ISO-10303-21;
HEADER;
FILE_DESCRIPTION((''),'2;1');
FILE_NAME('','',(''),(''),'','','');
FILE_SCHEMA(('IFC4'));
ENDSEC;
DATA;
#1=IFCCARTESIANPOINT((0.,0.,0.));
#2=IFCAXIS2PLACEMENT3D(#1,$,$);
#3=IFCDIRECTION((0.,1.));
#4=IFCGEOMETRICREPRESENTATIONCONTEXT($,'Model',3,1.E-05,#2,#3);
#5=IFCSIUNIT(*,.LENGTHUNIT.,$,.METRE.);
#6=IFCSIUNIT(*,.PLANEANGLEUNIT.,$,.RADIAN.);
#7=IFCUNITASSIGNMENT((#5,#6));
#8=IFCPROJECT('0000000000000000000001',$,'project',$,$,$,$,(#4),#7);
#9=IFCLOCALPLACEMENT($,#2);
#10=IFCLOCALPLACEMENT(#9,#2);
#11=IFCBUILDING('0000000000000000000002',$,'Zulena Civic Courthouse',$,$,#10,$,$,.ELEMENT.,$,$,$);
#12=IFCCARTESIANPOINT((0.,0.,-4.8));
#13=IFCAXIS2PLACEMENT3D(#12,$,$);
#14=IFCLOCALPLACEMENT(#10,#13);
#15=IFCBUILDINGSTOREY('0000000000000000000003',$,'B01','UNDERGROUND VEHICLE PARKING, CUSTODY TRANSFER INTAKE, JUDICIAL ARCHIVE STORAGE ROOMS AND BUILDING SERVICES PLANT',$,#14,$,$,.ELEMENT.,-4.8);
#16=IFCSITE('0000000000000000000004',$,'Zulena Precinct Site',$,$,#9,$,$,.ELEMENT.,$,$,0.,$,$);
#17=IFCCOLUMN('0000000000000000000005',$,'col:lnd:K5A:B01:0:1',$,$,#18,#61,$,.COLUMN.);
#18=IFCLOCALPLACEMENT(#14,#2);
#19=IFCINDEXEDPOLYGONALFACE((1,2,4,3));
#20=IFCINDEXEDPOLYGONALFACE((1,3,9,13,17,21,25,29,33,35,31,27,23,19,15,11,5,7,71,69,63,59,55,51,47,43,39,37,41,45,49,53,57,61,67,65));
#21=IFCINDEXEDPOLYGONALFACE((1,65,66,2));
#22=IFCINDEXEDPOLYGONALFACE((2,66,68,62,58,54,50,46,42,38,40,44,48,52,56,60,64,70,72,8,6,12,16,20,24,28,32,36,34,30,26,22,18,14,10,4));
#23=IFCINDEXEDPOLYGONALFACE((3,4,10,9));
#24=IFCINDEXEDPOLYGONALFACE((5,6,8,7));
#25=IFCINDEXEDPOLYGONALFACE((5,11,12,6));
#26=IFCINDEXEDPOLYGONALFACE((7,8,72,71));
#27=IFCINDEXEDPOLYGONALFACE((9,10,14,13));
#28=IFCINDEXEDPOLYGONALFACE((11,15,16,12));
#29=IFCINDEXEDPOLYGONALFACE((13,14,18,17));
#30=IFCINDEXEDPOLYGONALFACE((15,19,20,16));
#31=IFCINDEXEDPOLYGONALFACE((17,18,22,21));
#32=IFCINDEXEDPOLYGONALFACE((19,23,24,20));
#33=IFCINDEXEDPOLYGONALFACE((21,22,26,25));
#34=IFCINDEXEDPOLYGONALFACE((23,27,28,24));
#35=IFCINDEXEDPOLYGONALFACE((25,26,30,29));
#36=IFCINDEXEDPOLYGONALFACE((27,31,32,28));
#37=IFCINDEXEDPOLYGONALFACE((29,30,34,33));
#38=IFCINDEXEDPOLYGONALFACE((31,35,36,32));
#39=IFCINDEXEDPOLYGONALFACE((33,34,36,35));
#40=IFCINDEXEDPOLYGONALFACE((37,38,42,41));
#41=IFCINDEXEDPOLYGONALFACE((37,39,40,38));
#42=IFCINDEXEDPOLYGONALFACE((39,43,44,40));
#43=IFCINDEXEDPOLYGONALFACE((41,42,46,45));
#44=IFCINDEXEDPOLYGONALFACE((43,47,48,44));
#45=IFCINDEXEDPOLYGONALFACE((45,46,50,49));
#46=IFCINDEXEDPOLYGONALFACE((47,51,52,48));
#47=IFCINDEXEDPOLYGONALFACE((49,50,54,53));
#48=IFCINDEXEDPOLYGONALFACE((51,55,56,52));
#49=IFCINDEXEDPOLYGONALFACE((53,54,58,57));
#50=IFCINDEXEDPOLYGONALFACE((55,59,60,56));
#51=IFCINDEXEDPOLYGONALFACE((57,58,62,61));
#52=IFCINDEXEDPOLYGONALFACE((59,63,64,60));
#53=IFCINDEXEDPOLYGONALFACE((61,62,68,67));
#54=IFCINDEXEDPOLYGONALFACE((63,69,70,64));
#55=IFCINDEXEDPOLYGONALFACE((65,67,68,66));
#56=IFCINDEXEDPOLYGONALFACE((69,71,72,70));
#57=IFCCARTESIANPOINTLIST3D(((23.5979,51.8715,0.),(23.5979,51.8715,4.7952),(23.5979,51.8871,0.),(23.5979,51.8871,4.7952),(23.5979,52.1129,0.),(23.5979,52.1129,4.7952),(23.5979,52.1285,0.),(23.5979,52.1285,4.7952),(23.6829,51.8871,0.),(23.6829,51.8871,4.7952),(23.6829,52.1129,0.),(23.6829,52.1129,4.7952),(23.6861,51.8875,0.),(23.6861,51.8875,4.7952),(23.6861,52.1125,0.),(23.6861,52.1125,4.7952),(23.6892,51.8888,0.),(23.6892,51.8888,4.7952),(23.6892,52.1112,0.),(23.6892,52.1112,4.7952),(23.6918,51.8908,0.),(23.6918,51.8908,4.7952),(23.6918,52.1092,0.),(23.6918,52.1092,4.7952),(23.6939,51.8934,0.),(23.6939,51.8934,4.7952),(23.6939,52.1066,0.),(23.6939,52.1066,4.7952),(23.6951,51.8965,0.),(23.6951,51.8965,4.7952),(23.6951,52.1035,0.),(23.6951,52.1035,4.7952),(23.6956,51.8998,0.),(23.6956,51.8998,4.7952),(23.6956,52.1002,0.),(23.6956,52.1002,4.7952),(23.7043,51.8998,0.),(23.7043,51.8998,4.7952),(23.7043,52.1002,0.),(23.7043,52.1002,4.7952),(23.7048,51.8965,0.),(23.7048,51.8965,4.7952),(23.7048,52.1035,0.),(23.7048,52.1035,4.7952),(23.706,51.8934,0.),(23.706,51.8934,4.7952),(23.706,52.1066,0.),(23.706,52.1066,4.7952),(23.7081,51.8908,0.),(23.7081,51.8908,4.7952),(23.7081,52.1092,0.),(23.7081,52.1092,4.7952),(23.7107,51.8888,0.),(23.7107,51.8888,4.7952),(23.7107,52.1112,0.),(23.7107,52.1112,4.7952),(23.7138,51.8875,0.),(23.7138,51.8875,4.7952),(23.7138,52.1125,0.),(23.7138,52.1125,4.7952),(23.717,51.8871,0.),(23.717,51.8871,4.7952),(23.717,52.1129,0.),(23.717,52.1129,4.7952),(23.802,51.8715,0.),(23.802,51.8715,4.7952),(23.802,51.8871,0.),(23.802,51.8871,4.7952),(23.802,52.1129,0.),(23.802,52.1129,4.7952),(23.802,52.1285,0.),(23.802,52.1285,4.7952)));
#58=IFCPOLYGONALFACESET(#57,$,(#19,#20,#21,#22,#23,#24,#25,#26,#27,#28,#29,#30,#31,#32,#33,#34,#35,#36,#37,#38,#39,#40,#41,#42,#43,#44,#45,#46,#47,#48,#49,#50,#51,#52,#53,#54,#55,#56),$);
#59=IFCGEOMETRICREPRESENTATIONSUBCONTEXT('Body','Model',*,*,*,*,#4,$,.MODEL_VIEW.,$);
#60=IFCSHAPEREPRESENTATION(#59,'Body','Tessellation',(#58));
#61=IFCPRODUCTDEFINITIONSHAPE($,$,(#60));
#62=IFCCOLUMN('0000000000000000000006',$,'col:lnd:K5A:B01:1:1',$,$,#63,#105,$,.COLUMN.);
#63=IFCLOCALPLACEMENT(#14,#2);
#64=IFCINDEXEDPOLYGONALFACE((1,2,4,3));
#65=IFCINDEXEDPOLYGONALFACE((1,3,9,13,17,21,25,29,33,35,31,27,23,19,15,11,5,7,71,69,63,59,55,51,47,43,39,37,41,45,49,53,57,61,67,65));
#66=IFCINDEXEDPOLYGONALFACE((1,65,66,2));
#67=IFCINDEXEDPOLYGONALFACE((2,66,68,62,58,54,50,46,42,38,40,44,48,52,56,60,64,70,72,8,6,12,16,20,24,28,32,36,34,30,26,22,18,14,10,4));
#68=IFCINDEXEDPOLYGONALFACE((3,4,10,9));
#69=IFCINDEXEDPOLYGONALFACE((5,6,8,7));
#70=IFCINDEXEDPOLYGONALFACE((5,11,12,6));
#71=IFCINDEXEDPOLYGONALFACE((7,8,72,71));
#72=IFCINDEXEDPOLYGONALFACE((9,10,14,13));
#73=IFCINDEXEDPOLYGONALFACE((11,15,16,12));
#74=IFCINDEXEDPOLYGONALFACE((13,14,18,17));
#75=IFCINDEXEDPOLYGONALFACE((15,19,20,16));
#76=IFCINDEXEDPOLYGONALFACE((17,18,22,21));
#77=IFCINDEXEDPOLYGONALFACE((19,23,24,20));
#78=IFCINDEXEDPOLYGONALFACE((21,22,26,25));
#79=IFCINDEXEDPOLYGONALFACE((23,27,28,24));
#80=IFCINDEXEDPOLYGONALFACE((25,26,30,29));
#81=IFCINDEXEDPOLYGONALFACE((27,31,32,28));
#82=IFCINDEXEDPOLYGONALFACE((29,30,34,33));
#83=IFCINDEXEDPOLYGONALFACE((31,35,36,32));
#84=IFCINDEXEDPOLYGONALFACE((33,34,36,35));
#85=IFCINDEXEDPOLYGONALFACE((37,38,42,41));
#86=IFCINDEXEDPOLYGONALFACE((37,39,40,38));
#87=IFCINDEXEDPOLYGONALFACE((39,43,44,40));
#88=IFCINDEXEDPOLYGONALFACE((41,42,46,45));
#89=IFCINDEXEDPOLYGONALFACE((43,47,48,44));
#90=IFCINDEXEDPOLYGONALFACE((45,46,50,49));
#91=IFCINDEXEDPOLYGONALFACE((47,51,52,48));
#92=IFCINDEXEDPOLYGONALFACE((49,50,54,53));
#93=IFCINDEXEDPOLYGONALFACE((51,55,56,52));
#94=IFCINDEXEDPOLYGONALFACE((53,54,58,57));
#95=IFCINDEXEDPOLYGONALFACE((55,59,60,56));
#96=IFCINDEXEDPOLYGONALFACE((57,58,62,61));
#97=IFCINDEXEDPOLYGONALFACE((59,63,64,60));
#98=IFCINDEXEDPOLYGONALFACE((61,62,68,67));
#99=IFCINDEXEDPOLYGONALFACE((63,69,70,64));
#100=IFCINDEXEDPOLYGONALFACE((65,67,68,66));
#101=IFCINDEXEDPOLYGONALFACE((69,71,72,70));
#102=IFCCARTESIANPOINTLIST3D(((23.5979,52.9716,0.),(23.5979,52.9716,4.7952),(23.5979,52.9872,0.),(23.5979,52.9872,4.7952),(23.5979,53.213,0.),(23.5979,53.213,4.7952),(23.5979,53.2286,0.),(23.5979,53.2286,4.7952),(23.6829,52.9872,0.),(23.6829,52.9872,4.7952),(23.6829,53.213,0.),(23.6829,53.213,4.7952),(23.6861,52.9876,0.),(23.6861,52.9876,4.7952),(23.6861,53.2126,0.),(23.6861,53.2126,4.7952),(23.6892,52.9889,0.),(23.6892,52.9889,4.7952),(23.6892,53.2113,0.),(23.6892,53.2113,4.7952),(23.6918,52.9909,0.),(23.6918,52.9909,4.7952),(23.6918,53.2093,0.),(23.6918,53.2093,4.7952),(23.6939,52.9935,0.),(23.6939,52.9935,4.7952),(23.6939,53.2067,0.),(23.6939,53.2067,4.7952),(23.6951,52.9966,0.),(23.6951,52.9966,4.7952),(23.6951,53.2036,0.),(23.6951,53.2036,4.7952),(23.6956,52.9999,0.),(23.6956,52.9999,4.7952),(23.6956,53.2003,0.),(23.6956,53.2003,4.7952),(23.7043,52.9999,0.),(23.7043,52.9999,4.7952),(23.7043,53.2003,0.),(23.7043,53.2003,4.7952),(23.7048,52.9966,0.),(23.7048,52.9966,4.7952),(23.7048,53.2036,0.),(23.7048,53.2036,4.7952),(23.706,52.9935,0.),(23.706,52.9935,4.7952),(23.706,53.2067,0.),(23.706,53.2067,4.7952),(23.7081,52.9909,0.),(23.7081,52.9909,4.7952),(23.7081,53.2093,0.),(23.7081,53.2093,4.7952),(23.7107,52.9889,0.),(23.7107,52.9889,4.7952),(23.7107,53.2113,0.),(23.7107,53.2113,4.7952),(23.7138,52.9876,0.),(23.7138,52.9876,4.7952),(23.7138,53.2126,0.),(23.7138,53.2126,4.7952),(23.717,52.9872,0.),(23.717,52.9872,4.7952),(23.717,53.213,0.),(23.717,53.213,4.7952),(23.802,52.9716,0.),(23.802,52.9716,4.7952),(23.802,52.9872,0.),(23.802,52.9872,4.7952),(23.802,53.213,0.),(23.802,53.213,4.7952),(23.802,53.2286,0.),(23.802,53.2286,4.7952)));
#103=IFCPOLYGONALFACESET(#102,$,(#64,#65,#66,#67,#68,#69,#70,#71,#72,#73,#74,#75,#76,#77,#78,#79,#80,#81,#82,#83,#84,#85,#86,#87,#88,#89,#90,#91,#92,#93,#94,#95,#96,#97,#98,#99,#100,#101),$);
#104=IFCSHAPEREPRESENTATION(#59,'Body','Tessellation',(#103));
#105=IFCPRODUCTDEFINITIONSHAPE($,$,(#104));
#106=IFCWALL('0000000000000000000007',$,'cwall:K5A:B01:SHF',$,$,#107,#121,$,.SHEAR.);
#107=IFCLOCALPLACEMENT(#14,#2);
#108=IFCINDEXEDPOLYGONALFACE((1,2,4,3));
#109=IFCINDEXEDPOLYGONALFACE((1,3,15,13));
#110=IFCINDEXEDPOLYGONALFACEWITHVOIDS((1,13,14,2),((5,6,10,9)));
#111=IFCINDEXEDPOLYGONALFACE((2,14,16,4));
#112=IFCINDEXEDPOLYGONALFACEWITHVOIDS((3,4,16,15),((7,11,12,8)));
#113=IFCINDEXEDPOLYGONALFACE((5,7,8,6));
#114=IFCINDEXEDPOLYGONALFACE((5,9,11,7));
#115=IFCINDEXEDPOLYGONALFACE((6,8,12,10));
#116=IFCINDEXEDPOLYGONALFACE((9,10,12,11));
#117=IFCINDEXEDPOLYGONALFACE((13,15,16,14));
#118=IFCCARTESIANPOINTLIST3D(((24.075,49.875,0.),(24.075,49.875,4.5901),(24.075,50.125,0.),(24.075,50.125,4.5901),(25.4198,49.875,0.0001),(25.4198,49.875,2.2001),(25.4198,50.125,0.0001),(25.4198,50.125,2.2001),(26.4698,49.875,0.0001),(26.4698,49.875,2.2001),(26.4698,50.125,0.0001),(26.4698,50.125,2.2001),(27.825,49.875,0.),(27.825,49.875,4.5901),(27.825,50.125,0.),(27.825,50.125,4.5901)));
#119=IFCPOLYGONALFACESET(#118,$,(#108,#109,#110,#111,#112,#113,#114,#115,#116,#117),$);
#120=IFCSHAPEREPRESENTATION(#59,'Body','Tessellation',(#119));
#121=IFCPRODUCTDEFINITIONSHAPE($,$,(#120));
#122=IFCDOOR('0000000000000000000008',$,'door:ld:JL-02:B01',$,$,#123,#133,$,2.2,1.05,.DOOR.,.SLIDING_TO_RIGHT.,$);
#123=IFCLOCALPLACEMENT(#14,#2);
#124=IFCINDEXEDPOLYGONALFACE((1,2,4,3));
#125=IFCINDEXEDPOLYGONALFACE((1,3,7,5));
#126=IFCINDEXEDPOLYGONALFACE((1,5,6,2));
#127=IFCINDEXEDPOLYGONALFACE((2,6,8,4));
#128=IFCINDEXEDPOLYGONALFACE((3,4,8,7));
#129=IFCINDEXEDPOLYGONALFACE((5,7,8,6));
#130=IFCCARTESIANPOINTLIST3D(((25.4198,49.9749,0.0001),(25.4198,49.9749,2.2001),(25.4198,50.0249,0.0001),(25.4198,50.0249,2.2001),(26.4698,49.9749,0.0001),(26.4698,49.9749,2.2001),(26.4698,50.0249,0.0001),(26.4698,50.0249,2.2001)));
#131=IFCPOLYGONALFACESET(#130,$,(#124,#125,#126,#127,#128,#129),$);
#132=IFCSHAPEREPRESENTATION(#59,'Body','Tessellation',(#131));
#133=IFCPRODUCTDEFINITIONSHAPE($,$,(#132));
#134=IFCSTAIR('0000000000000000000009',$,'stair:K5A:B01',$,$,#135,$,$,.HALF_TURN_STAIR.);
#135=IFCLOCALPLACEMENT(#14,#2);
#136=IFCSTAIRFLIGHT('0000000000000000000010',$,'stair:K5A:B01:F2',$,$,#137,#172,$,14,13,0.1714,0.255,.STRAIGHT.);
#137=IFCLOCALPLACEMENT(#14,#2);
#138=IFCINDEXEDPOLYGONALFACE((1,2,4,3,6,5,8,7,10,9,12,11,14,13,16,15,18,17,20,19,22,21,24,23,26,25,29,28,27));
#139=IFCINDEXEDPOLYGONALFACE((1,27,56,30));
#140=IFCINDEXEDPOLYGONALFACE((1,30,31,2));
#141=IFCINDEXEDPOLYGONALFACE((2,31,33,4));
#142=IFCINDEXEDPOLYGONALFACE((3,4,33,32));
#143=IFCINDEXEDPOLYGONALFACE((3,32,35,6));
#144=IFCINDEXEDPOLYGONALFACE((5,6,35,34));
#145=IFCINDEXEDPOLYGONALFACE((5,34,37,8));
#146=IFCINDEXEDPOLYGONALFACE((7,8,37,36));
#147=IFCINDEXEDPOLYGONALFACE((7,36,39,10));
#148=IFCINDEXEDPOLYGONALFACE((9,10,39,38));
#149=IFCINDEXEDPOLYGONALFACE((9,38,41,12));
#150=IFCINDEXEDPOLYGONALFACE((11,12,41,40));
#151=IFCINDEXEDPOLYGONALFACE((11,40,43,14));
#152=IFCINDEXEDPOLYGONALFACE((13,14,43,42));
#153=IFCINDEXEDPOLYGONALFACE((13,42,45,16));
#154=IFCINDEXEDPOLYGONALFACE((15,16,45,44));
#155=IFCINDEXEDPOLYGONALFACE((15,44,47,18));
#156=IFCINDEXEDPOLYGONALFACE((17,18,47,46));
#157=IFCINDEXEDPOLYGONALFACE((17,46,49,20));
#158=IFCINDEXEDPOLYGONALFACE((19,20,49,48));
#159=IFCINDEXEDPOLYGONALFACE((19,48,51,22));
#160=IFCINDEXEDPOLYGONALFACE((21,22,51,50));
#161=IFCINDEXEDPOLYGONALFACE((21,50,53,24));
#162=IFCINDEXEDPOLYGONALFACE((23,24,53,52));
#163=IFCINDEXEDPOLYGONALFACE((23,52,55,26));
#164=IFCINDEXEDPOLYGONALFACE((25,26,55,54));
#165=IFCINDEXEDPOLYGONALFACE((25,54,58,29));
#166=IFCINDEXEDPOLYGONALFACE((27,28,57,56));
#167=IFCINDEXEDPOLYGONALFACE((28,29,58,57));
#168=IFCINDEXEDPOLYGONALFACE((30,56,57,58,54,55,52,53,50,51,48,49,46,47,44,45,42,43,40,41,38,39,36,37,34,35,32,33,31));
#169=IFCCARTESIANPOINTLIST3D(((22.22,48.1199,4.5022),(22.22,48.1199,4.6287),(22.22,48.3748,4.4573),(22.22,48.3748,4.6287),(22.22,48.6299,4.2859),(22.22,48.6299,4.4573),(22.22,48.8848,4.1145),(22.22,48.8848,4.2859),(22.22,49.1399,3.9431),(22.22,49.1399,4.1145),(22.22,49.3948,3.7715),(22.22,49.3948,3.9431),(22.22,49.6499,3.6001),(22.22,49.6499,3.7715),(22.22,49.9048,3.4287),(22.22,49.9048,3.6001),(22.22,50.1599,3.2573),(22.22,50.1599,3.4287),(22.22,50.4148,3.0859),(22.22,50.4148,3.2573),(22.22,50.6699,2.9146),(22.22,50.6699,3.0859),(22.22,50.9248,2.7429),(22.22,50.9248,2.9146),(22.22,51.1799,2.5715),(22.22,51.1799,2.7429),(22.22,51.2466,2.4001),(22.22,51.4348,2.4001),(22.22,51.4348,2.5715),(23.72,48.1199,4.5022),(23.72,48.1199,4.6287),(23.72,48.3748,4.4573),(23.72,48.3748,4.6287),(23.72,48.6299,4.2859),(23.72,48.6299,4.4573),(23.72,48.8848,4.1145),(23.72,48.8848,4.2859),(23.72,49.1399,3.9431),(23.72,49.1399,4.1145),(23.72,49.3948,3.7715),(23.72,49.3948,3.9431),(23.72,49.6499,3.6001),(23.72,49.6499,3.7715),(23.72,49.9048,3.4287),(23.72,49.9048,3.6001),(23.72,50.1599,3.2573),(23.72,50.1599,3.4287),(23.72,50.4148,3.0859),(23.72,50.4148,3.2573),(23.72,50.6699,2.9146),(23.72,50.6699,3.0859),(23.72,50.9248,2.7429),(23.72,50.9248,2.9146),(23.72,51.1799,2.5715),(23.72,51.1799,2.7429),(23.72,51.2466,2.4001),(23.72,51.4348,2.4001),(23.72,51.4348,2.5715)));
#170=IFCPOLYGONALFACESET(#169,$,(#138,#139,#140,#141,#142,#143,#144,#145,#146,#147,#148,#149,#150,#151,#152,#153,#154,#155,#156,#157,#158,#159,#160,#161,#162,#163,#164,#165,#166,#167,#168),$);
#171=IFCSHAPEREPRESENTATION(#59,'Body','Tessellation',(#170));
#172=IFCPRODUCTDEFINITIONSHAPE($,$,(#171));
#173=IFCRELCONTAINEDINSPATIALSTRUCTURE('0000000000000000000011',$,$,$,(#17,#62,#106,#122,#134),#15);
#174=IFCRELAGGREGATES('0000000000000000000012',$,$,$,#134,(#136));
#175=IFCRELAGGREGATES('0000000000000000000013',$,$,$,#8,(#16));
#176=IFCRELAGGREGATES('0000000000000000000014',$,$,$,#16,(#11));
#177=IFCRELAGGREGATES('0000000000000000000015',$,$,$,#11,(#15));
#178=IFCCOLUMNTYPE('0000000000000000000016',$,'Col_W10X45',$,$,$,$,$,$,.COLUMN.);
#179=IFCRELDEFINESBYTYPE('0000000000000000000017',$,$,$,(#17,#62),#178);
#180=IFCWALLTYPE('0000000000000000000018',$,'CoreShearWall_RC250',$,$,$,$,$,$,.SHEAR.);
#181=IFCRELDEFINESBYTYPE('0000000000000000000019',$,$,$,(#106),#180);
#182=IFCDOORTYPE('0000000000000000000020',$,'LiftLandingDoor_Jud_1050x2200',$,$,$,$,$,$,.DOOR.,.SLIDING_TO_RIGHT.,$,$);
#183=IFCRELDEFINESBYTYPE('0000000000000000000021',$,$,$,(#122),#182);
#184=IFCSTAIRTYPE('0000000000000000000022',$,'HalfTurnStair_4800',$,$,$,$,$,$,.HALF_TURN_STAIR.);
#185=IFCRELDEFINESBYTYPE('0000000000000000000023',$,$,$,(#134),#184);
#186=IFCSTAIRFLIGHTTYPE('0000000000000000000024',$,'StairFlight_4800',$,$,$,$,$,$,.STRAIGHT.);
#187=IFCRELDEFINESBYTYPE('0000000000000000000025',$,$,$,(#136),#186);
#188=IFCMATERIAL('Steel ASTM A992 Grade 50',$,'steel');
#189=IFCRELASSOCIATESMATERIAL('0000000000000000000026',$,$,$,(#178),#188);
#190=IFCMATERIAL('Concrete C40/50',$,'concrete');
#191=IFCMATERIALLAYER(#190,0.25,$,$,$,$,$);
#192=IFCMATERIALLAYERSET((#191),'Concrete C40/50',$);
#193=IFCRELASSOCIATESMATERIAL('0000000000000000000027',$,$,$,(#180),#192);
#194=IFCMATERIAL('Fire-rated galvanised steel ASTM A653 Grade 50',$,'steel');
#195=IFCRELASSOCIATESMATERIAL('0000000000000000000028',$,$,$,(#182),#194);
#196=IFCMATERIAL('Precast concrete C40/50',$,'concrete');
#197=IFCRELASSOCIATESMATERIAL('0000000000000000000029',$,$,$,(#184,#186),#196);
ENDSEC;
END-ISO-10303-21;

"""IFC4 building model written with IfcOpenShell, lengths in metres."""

from ifc_helpers import new_model, si_unit, direction, frame, frame_2d, origin, origin_2d, place, context, subcontext, project, spatial, polyline, rectangle, i_section, outline, extrude, material, layer, layer_set, material_profile, profile_set, type_object, element, fill, aggregate, save


model = new_model("IFC4")

# Units and contexts
model_context = context("Model", 3, precision=1e-05, world=origin(), true_north=direction((0.0, 1.0)))
body_context = subcontext(model_context, "Body", "Model", "MODEL_VIEW")
ifc_project = project(units=[si_unit("LENGTHUNIT", "METRE"), si_unit("PLANEANGLEUNIT", "RADIAN")], contexts=[model_context])

# Site, building, storey
site_placement = place(None, origin())
site = spatial("IfcSite", under=ifc_project, at=site_placement, Name="Zulena Precinct Site", CompositionType="ELEMENT", RefElevation=0.0)
building_placement = place(site_placement, origin())
building = spatial("IfcBuilding", under=site, at=building_placement, Name="Zulena Civic Courthouse", CompositionType="ELEMENT")
storey_placement = place(building_placement, frame((0.0, 0.0, -4.8)))
storey = spatial("IfcBuildingStorey", under=building, at=storey_placement, Name="B01", Description="UNDERGROUND VEHICLE PARKING, CUSTODY TRANSFER INTAKE, JUDICIAL ARCHIVE STORAGE ROOMS AND BUILDING SERVICES PLANT", CompositionType="ELEMENT", Elevation=-4.8)

# Shared definitions
ifc_material_1 = material(Name="Concrete C40/50", Category="concrete")

# Columns
ifc_material_2 = material(Name="Steel ASTM A992 Grade 50", Category="steel")
ifc_material_profile_1 = material_profile(ifc_material_2, i_section(OverallWidth=0.2041, OverallDepth=0.2571, WebThickness=0.0088, FlangeThickness=0.0156, FilletRadius=0.0127, at=origin_2d()), Name="W10X45")
ifc_profile_set_1 = profile_set([ifc_material_profile_1], Name="Steel ASTM A992 Grade 50")
column_type = type_object("IfcColumnType", Name="Col_W10X45", PredefinedType="COLUMN", material=ifc_profile_set_1)
for number, where, z_axis, x_axis, name in (
    (1, (23.7, 52.0, 0.0), (0.0, 0.0, 1.0), (1.0, 0.0, 0.0), "col:lnd:K5A:B01:0:1"),
    (2, (23.7, 53.1001, 0.0), (0.0, 0.0, 1.0), (1.0, 0.0, 0.0), "col:lnd:K5A:B01:1:1"),
):
    element("IfcColumn", number, at=place(storey_placement, frame(where, z_axis=z_axis, x_axis=x_axis)), inside=storey, type_object=column_type, Name=name, PredefinedType="COLUMN", context=body_context, shape_type="SweptSolid", body=[
        extrude(i_section(OverallWidth=0.2041, OverallDepth=0.2571, WebThickness=0.0088, FlangeThickness=0.0156, FilletRadius=0.0127, at=origin_2d()), origin(), (0.0, 0.0, 1.0), 4.7952),
    ])

# Wall, opening, door
ifc_layer = layer(ifc_material_1, 0.25)
ifc_layer_set = layer_set([ifc_layer], Name="Concrete C40/50")
wall_type = type_object("IfcWallType", Name="CoreShearWall_RC250", PredefinedType="SHEAR", material=ifc_layer_set)
wall_placement = place(storey_placement, frame((24.075, 50.0, 0.0), z_axis=(0.0, 0.0, 1.0), x_axis=(1.0, 0.0, 0.0)))
wall = element("IfcWall", 3, at=wall_placement, inside=storey, type_object=wall_type, Name="cwall:K5A:B01:SHF", PredefinedType="SHEAR", context=body_context, shape_type="SweptSolid", body=[
    extrude(rectangle(XDim=3.75, YDim=0.25, at=frame_2d((1.875, 0.0))), origin(), (0.0, 0.0, 1.0), 4.5901),
])
opening_placement = place(wall_placement, frame((1.345, 0.0, 0.0)))
opening = element("IfcOpeningElement", 4, at=opening_placement, cuts=wall, PredefinedType="OPENING", context=body_context, shape_type="SweptSolid", body=[
    extrude(rectangle(XDim=1.05, YDim=2.2, at=frame_2d((0.5249, 1.1001))), frame((0.0, 0.135, 0.0), z_axis=(0.0, -1.0, 0.0), x_axis=(1.0, 0.0, 0.0)), (0.0, 0.0, 1.0), 0.27),
])
ifc_material_3 = material(Name="Fire-rated galvanised steel ASTM A653 Grade 50", Category="steel")
door_type = type_object("IfcDoorType", Name="LiftLandingDoor_Jud_1050x2200", OperationType="SLIDING_TO_RIGHT", PredefinedType="DOOR", material=ifc_material_3)
door_placement = place(opening_placement, origin())
door = element("IfcDoor", 5, at=door_placement, inside=storey, type_object=door_type, Name="door:ld:JL-02:B01", OperationType="SLIDING_TO_RIGHT", OverallHeight=2.2, OverallWidth=1.05, PredefinedType="DOOR", context=body_context, shape_type="SweptSolid", body=[
    extrude(rectangle(XDim=1.05, YDim=2.2, at=frame_2d((0.5249, 1.1001))), frame((0.0, 0.0249, 0.0), z_axis=(0.0, -1.0, 0.0), x_axis=(1.0, 0.0, 0.0)), (0.0, 0.0, 1.0), 0.05),
])
fill(opening, door)

# Stair, stair flight
ifc_material_4 = material(Name="Precast concrete C40/50", Category="concrete")
stair_type = type_object("IfcStairType", Name="HalfTurnStair_4800", PredefinedType="HALF_TURN_STAIR", material=ifc_material_4)
stair_placement = place(storey_placement, origin())
stair = element("IfcStair", 6, at=stair_placement, inside=storey, type_object=stair_type, Name="stair:K5A:B01", PredefinedType="HALF_TURN_STAIR")
stair_flight_type = type_object("IfcStairFlightType", Name="StairFlight_4800", PredefinedType="STRAIGHT", material=ifc_material_4)
stair_flight_placement = place(storey_placement, frame((22.97, 51.4348, 2.4001), z_axis=(0.0, 0.0, 1.0), x_axis=(0.0, -1.0, 0.0)))
stair_flight = element("IfcStairFlight", 7, at=stair_flight_placement, type_object=stair_flight_type, Name="stair:K5A:B01:F2", NumberOfRisers=14, NumberOfTreads=13, PredefinedType="STRAIGHT", RiserHeight=0.1714, TreadLength=0.255, context=body_context, shape_type="SweptSolid", body=[
    extrude(outline(polyline([(0.0, 0.0), (0.0, 0.1714), (0.2549, 0.1714), (0.2549, 0.3428), (0.51, 0.3428), (0.51, 0.5144), (0.7649, 0.5144), (0.7649, 0.6858), (1.02, 0.6858), (1.02, 0.8572), (1.2749, 0.8572), (1.2749, 1.0286), (1.53, 1.0286), (1.53, 1.2), (1.7849, 1.2), (1.7849, 1.3713), (2.04, 1.3713), (2.04, 1.543), (2.2949, 1.543), (2.2949, 1.7144), (2.55, 1.7144), (2.55, 1.8857), (2.8049, 1.8857), (2.8049, 2.0571), (3.0601, 2.0571), (3.0601, 2.2285), (3.3149, 2.2285), (3.3149, 2.3999), (3.3149, 2.1021), (0.1882, 0.0), (0.0, 0.0)])), frame((0.0, 0.75, 0.0), z_axis=(0.0, -1.0, 0.0), x_axis=(1.0, 0.0, 0.0)), (0.0, 0.0, 1.0), 1.5),
])
aggregate(stair, [stair_flight])

save(model, "model.ifc")
